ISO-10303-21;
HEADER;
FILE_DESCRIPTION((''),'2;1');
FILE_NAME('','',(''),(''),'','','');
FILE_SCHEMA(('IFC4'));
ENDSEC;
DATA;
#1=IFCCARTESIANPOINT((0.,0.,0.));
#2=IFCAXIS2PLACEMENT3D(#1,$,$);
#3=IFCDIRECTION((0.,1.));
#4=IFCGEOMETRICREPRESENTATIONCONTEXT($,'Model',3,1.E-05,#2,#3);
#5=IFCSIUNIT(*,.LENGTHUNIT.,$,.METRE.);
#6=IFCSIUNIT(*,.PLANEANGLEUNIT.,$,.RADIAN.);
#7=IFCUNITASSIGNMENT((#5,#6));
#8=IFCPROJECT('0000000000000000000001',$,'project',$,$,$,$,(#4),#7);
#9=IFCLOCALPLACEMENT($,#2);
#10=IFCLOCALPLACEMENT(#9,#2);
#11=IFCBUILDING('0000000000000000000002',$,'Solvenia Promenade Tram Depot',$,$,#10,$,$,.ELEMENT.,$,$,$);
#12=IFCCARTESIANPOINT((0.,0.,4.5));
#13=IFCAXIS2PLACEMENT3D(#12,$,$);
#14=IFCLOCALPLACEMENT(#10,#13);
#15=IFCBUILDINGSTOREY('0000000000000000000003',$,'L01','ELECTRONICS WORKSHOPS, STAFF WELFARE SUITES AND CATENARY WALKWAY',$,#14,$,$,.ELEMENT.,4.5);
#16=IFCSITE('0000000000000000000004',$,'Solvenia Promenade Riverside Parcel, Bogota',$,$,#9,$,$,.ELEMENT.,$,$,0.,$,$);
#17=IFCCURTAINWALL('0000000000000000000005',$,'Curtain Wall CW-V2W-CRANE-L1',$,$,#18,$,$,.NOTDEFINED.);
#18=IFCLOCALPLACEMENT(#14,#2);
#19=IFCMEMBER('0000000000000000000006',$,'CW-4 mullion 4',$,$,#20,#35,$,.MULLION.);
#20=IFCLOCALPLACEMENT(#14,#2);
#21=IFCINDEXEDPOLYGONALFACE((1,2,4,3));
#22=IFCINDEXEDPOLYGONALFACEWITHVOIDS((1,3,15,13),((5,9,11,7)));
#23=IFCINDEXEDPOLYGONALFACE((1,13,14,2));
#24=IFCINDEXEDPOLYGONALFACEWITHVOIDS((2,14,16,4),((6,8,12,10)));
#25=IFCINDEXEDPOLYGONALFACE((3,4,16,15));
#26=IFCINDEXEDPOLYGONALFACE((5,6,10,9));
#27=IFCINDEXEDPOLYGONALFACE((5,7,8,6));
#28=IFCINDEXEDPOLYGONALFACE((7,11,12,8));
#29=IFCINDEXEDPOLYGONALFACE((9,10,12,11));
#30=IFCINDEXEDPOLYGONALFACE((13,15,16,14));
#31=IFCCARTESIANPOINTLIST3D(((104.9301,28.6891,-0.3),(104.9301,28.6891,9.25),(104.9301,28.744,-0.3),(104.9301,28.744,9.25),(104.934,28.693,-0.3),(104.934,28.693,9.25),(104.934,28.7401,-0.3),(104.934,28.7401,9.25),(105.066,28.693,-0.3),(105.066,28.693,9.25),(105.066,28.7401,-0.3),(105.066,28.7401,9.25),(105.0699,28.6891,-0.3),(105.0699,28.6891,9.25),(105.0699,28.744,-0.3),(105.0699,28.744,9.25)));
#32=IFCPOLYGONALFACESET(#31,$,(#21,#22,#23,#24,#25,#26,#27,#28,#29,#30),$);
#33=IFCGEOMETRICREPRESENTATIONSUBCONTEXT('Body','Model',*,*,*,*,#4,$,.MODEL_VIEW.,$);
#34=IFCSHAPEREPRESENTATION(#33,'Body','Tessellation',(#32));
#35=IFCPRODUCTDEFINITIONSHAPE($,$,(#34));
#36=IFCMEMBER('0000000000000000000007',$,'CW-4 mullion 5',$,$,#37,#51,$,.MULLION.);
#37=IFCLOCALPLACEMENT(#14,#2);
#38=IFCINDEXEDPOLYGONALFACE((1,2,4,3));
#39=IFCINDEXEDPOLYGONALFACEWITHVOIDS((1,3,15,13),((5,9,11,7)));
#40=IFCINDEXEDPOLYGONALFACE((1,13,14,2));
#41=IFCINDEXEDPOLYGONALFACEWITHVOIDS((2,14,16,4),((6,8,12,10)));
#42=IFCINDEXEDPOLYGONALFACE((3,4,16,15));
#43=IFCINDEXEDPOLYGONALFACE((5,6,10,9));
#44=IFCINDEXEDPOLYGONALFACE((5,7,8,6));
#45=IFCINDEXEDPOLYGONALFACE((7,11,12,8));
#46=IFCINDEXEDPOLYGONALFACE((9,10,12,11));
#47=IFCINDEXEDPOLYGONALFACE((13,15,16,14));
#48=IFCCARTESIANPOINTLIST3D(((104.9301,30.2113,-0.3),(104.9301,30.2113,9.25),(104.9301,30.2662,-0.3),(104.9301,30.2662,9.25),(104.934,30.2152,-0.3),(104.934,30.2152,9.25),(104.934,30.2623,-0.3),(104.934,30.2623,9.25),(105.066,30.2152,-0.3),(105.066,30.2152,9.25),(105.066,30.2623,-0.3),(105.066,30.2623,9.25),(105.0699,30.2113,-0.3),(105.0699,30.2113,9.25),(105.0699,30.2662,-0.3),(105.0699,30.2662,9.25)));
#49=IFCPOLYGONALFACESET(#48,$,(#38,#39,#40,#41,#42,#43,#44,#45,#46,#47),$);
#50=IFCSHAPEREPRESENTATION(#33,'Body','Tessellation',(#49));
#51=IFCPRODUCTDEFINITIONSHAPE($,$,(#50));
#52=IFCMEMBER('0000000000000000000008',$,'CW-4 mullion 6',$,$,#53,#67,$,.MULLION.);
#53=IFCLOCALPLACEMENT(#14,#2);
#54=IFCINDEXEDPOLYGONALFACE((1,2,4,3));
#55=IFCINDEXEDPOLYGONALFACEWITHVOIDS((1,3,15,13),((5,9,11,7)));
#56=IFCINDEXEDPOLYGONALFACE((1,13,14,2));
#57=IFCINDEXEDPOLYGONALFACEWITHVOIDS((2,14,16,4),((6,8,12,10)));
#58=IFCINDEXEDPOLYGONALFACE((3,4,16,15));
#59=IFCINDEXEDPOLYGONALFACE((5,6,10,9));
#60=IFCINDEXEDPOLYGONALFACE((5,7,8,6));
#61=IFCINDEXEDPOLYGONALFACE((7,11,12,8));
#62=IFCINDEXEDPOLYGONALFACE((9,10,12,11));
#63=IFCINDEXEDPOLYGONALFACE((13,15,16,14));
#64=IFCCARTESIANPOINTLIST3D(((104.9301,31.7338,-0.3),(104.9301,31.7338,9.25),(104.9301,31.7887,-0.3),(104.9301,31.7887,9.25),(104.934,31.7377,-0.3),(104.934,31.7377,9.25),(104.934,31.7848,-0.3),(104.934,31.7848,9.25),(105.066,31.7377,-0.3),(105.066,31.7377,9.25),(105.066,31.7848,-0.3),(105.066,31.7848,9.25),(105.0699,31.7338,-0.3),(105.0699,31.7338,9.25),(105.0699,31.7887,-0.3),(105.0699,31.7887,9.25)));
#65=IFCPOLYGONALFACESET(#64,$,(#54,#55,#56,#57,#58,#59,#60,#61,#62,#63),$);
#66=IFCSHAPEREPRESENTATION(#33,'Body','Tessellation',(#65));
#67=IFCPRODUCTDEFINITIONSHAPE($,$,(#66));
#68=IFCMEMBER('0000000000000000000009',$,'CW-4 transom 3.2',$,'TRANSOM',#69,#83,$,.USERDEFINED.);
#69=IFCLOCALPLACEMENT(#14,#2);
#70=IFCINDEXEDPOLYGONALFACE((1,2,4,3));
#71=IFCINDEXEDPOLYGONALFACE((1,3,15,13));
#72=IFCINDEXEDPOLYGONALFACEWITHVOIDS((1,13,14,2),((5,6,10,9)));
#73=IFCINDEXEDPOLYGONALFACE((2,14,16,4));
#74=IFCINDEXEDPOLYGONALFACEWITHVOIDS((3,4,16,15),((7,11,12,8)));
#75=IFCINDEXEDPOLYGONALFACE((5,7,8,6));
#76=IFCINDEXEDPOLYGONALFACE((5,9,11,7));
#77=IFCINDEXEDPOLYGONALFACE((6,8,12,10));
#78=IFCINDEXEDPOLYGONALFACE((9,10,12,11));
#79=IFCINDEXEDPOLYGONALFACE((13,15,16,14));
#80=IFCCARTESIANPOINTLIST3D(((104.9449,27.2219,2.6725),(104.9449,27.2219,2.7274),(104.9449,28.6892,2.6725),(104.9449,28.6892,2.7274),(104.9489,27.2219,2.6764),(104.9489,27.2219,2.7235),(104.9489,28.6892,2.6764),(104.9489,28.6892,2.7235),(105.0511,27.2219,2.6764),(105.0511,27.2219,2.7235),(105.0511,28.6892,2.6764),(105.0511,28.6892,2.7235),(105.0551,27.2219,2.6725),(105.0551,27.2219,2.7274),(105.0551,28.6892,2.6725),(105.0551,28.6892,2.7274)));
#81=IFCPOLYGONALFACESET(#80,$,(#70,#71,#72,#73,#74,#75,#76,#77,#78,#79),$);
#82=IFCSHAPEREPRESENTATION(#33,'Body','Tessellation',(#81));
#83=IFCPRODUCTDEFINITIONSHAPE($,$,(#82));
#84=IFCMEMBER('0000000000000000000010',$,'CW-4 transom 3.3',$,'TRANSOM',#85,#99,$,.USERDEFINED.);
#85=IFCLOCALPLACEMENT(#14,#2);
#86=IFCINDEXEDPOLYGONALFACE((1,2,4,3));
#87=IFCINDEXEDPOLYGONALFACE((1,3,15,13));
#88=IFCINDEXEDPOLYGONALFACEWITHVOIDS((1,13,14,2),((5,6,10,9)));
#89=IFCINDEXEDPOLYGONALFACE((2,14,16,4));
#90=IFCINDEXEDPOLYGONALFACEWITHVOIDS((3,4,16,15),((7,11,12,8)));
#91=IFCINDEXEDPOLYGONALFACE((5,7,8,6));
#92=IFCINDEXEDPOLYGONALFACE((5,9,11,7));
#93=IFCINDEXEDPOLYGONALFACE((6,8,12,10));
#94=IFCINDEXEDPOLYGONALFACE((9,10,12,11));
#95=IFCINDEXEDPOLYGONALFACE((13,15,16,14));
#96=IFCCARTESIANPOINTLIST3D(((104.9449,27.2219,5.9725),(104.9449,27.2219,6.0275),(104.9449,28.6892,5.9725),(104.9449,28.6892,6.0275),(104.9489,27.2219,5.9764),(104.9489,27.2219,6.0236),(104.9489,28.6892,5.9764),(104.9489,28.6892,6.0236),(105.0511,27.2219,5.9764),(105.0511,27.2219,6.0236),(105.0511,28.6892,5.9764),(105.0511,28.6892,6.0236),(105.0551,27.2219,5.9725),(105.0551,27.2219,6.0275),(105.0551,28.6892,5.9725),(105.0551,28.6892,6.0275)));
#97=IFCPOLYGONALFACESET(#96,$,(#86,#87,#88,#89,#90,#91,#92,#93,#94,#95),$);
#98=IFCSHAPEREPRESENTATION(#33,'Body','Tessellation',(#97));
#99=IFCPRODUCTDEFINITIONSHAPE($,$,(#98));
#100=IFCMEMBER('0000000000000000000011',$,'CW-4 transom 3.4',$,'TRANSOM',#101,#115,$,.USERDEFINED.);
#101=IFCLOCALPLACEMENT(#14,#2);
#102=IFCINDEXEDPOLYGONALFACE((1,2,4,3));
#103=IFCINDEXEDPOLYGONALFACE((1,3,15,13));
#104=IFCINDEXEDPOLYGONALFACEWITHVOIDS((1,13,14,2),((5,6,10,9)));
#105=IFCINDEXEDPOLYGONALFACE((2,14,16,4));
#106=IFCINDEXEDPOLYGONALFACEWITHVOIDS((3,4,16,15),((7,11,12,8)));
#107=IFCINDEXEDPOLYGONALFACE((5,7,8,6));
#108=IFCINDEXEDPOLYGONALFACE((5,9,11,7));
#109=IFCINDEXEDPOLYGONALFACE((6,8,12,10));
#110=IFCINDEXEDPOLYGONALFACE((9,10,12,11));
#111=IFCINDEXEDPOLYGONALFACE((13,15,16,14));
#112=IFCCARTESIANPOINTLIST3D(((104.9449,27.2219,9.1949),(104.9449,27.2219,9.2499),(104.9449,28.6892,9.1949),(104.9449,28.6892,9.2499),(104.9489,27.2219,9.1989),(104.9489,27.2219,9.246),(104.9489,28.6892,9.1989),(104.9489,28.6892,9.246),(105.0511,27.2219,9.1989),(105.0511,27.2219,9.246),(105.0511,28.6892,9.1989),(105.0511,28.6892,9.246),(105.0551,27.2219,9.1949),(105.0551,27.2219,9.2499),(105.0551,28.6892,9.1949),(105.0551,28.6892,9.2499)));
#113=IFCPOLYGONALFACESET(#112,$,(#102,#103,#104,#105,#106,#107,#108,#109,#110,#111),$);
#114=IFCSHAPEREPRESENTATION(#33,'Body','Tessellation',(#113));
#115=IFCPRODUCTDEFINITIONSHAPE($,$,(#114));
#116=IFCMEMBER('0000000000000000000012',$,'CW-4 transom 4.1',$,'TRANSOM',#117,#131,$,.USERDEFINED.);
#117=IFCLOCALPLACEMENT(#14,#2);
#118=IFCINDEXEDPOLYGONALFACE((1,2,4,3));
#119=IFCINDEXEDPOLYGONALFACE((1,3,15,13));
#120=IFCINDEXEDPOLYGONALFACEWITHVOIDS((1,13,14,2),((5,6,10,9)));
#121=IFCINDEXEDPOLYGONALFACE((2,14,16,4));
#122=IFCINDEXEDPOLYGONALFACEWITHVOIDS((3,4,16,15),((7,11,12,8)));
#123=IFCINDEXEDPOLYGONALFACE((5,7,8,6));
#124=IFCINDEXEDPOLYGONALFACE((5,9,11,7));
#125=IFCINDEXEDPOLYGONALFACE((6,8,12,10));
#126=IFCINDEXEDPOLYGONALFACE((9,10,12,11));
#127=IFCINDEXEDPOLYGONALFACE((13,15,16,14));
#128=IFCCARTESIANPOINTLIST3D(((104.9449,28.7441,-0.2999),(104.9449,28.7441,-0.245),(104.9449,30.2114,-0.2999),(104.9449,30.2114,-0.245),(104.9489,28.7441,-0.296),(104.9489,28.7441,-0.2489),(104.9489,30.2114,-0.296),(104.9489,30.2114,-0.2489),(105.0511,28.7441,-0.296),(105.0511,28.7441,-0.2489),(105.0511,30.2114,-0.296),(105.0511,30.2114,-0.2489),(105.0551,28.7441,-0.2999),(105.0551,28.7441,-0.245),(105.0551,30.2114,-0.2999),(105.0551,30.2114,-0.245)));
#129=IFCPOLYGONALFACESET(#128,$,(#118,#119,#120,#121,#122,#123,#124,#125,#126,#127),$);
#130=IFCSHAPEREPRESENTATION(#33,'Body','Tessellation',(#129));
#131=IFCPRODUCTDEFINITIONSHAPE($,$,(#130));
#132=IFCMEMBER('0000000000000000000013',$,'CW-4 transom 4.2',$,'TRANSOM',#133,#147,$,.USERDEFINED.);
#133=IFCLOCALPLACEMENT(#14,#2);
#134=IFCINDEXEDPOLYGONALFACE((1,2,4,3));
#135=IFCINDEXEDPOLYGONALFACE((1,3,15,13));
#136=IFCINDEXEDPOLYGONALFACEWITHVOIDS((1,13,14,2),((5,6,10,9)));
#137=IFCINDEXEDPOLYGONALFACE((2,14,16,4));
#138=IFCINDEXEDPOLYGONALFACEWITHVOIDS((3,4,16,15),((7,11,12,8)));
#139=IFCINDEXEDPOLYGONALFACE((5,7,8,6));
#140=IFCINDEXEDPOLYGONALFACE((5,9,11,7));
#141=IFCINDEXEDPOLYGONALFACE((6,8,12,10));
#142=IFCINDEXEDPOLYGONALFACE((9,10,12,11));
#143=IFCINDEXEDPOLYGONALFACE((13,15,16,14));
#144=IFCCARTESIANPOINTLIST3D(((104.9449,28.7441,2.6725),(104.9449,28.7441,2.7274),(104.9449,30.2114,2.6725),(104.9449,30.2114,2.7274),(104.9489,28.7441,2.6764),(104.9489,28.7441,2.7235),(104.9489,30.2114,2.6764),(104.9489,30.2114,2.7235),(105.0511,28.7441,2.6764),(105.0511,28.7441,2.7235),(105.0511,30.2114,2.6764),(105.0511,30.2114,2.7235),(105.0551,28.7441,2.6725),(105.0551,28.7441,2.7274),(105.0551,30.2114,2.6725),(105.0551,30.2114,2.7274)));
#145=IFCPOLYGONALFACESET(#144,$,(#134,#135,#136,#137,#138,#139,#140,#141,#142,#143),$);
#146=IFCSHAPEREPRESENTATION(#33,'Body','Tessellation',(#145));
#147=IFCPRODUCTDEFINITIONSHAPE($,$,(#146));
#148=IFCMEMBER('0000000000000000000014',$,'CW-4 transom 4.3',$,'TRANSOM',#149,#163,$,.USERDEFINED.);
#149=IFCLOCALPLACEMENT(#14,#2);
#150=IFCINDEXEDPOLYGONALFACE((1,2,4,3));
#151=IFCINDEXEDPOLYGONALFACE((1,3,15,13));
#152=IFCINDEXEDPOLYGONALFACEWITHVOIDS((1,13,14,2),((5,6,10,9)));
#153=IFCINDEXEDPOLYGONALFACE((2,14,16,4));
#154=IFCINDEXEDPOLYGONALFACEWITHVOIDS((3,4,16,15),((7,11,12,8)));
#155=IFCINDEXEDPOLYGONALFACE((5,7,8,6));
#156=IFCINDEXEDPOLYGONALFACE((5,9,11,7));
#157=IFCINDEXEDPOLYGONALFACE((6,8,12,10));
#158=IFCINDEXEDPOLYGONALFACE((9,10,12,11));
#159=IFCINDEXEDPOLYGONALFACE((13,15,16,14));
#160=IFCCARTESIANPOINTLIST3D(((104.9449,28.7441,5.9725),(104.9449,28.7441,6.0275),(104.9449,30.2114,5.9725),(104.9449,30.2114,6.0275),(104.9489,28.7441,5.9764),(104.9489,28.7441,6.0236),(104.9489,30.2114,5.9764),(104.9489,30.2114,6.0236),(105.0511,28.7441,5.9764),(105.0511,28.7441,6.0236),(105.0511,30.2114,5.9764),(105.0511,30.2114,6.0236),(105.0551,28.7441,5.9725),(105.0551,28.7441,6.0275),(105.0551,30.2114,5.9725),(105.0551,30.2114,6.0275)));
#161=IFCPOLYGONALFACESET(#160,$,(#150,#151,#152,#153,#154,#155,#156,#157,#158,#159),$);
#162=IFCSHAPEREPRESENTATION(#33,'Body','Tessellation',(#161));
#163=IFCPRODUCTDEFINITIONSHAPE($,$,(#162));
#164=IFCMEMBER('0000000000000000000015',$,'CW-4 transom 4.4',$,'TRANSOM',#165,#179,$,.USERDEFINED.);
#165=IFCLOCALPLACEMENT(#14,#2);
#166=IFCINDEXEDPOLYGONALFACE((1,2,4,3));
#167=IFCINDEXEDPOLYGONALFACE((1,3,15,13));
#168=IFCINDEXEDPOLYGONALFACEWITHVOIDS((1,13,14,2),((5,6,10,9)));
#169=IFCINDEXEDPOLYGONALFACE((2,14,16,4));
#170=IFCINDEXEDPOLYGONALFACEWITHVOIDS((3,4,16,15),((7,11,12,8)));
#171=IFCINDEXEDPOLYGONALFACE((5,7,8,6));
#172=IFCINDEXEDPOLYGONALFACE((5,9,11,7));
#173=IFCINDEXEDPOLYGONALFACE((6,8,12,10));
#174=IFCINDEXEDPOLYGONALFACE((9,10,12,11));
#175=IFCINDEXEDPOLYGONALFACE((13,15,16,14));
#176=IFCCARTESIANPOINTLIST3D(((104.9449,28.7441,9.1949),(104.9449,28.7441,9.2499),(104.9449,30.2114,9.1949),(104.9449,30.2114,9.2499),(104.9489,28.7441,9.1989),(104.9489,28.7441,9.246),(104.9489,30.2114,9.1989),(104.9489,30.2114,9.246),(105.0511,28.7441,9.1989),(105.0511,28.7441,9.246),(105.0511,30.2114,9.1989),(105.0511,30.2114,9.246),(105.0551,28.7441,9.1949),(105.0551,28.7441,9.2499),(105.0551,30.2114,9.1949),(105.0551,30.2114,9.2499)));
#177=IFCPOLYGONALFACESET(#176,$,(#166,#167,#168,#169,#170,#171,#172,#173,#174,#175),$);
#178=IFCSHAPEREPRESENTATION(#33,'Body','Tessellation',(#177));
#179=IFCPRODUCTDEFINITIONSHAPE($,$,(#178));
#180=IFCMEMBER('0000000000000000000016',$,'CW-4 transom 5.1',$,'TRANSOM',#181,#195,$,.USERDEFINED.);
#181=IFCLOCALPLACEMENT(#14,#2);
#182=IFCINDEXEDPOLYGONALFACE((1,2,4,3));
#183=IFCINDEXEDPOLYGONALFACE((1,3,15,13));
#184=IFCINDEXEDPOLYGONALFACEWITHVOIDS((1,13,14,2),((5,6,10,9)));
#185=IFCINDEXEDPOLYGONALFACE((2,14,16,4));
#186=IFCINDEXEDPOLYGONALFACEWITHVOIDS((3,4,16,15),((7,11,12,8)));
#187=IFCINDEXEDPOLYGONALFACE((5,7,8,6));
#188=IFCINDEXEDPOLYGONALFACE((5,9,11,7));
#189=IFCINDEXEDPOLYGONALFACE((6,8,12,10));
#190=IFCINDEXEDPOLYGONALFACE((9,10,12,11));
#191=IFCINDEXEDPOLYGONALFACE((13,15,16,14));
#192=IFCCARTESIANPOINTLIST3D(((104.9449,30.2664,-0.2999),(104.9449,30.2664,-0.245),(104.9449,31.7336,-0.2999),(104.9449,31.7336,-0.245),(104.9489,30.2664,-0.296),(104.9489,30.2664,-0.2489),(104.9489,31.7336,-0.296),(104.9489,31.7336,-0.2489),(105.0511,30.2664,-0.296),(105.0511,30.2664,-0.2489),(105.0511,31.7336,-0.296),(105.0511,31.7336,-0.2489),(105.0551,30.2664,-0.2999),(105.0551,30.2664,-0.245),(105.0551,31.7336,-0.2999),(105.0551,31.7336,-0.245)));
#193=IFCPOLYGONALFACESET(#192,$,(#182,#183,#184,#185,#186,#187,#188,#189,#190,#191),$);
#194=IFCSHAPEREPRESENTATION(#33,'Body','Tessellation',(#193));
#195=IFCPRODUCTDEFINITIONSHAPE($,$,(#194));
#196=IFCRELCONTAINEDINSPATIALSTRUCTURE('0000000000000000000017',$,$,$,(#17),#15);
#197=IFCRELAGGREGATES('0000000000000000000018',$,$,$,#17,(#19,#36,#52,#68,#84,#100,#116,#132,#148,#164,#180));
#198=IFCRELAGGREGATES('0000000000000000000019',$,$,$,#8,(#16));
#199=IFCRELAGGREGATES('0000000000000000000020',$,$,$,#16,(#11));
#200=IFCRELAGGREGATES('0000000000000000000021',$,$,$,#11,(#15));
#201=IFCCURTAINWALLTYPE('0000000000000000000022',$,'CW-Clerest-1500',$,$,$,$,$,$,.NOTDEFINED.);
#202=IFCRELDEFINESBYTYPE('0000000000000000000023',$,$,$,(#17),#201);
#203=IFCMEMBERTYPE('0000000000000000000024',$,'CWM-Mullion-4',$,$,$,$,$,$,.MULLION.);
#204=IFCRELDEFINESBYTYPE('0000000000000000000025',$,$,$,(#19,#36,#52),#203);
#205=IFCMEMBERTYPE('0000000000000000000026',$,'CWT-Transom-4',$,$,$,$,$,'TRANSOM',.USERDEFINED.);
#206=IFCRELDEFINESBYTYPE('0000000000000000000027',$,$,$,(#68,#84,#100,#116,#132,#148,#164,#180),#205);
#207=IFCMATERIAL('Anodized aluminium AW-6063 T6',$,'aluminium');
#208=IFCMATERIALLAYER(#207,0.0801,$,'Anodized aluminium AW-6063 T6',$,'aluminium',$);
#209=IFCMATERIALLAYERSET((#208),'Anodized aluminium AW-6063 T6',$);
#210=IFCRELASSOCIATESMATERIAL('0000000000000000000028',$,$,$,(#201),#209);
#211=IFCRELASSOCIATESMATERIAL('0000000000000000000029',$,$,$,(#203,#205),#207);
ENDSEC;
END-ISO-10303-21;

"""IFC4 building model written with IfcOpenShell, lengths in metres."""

from ifc_helpers import new_model, si_unit, direction, frame, origin, origin_2d, place, context, subcontext, project, spatial, hollow_rectangle, extrude, material, layer, layer_set, material_profile, profile_set, type_object, element, aggregate, save


model = new_model("IFC4")

# Units and contexts
model_context = context("Model", 3, precision=1e-05, world=origin(), true_north=direction((0.0, 1.0)))
body_context = subcontext(model_context, "Body", "Model", "MODEL_VIEW")
ifc_project = project(units=[si_unit("LENGTHUNIT", "METRE"), si_unit("PLANEANGLEUNIT", "RADIAN")], contexts=[model_context])

# Site, building, storey
site_placement = place(None, origin())
site = spatial("IfcSite", under=ifc_project, at=site_placement, Name="Solvenia Promenade Riverside Parcel, Bogota", CompositionType="ELEMENT", RefElevation=0.0)
building_placement = place(site_placement, origin())
building = spatial("IfcBuilding", under=site, at=building_placement, Name="Solvenia Promenade Tram Depot", CompositionType="ELEMENT")
storey_placement = place(building_placement, frame((0.0, 0.0, 4.5)))
storey = spatial("IfcBuildingStorey", under=building, at=storey_placement, Name="L01", Description="ELECTRONICS WORKSHOPS, STAFF WELFARE SUITES AND CATENARY WALKWAY", CompositionType="ELEMENT", Elevation=4.5)

# Curtain wall, members
ifc_material_1 = material(Name="Anodized aluminium AW-6063 T6", Category="aluminium")
ifc_layer_1 = layer(ifc_material_1, 0.0801, Name="Anodized aluminium AW-6063 T6", Category="aluminium")
ifc_layer_set_1 = layer_set([ifc_layer_1], Name="Anodized aluminium AW-6063 T6")
curtain_wall_type = type_object("IfcCurtainWallType", Name="CW-Clerest-1500", PredefinedType="NOTDEFINED", material=ifc_layer_set_1)
curtain_wall_placement = place(storey_placement, origin())
curtain_wall = element("IfcCurtainWall", 1, at=curtain_wall_placement, inside=storey, type_object=curtain_wall_type, Name="Curtain Wall CW-V2W-CRANE-L1", PredefinedType="NOTDEFINED")
ifc_material_profile_1 = material_profile(ifc_material_1, hollow_rectangle(XDim=0.1399, YDim=0.0549, WallThickness=0.0039, at=origin_2d()), Name="ALU-M4", Category="aluminium")
ifc_profile_set_1 = profile_set([ifc_material_profile_1], Name="Anodized aluminium AW-6063 T6")
member_type_1 = type_object("IfcMemberType", Name="CWM-Mullion-4", PredefinedType="MULLION", material=ifc_profile_set_1)
member_1_placement = place(storey_placement, frame((105.0, 28.7166, -0.3), z_axis=(0.0, 0.0, 1.0), x_axis=(-1.0, 0.0, 0.0)))
member_1 = element("IfcMember", 2, at=member_1_placement, type_object=member_type_1, Name="CW-4 mullion 4", PredefinedType="MULLION", context=body_context, shape_type="SweptSolid", body=[
    extrude(hollow_rectangle(XDim=0.1399, YDim=0.0549, WallThickness=0.0039, at=origin_2d()), origin(), (0.0, 0.0, 1.0), 9.55),
])
member_2_placement = place(storey_placement, frame((105.0, 30.2388, -0.3), z_axis=(0.0, 0.0, 1.0), x_axis=(-1.0, 0.0, 0.0)))
member_2 = element("IfcMember", 3, at=member_2_placement, type_object=member_type_1, Name="CW-4 mullion 5", PredefinedType="MULLION", context=body_context, shape_type="SweptSolid", body=[
    extrude(hollow_rectangle(XDim=0.1399, YDim=0.0549, WallThickness=0.0039, at=origin_2d()), origin(), (0.0, 0.0, 1.0), 9.55),
])
member_3_placement = place(storey_placement, frame((105.0, 31.7612, -0.3), z_axis=(0.0, 0.0, 1.0), x_axis=(-1.0, 0.0, 0.0)))
member_3 = element("IfcMember", 4, at=member_3_placement, type_object=member_type_1, Name="CW-4 mullion 6", PredefinedType="MULLION", context=body_context, shape_type="SweptSolid", body=[
    extrude(hollow_rectangle(XDim=0.1399, YDim=0.0549, WallThickness=0.0039, at=origin_2d()), origin(), (0.0, 0.0, 1.0), 9.55),
])
ifc_material_profile_2 = material_profile(ifc_material_1, hollow_rectangle(XDim=0.1101, YDim=0.0549, WallThickness=0.0039, at=origin_2d()), Name="ALU-T4", Category="aluminium")
ifc_profile_set_2 = profile_set([ifc_material_profile_2], Name="Anodized aluminium AW-6063 T6")
member_type_2 = type_object("IfcMemberType", Name="CWT-Transom-4", ElementType="TRANSOM", PredefinedType="USERDEFINED", material=ifc_profile_set_2)
member_4_placement = place(storey_placement, frame((105.0, 27.2219, 2.7), z_axis=(0.0, 1.0, 0.0), x_axis=(-1.0, 0.0, 0.0)))
member_4 = element("IfcMember", 5, at=member_4_placement, type_object=member_type_2, Name="CW-4 transom 3.2", ObjectType="TRANSOM", PredefinedType="USERDEFINED", context=body_context, shape_type="SweptSolid", body=[
    extrude(hollow_rectangle(XDim=0.1101, YDim=0.0549, WallThickness=0.0039, at=origin_2d()), origin(), (0.0, 0.0, 1.0), 1.4673),
])
member_5_placement = place(storey_placement, frame((105.0, 27.2219, 6.0), z_axis=(0.0, 1.0, 0.0), x_axis=(-1.0, 0.0, 0.0)))
member_5 = element("IfcMember", 6, at=member_5_placement, type_object=member_type_2, Name="CW-4 transom 3.3", ObjectType="TRANSOM", PredefinedType="USERDEFINED", context=body_context, shape_type="SweptSolid", body=[
    extrude(hollow_rectangle(XDim=0.1101, YDim=0.0549, WallThickness=0.0039, at=origin_2d()), origin(), (0.0, 0.0, 1.0), 1.4673),
])
member_6_placement = place(storey_placement, frame((105.0, 27.2219, 9.2224), z_axis=(0.0, 1.0, 0.0), x_axis=(-1.0, 0.0, 0.0)))
member_6 = element("IfcMember", 7, at=member_6_placement, type_object=member_type_2, Name="CW-4 transom 3.4", ObjectType="TRANSOM", PredefinedType="USERDEFINED", context=body_context, shape_type="SweptSolid", body=[
    extrude(hollow_rectangle(XDim=0.1101, YDim=0.0549, WallThickness=0.0039, at=origin_2d()), origin(), (0.0, 0.0, 1.0), 1.4673),
])
member_7_placement = place(storey_placement, frame((105.0, 28.7441, -0.2725), z_axis=(0.0, 1.0, 0.0), x_axis=(-1.0, 0.0, 0.0)))
member_7 = element("IfcMember", 8, at=member_7_placement, type_object=member_type_2, Name="CW-4 transom 4.1", ObjectType="TRANSOM", PredefinedType="USERDEFINED", context=body_context, shape_type="SweptSolid", body=[
    extrude(hollow_rectangle(XDim=0.1101, YDim=0.0549, WallThickness=0.0039, at=origin_2d()), origin(), (0.0, 0.0, 1.0), 1.4673),
])
member_8_placement = place(storey_placement, frame((105.0, 28.7441, 2.7), z_axis=(0.0, 1.0, 0.0), x_axis=(-1.0, 0.0, 0.0)))
member_8 = element("IfcMember", 9, at=member_8_placement, type_object=member_type_2, Name="CW-4 transom 4.2", ObjectType="TRANSOM", PredefinedType="USERDEFINED", context=body_context, shape_type="SweptSolid", body=[
    extrude(hollow_rectangle(XDim=0.1101, YDim=0.0549, WallThickness=0.0039, at=origin_2d()), origin(), (0.0, 0.0, 1.0), 1.4673),
])
member_9_placement = place(storey_placement, frame((105.0, 28.7441, 6.0), z_axis=(0.0, 1.0, 0.0), x_axis=(-1.0, 0.0, 0.0)))
member_9 = element("IfcMember", 10, at=member_9_placement, type_object=member_type_2, Name="CW-4 transom 4.3", ObjectType="TRANSOM", PredefinedType="USERDEFINED", context=body_context, shape_type="SweptSolid", body=[
    extrude(hollow_rectangle(XDim=0.1101, YDim=0.0549, WallThickness=0.0039, at=origin_2d()), origin(), (0.0, 0.0, 1.0), 1.4673),
])
member_10_placement = place(storey_placement, frame((105.0, 28.7441, 9.2224), z_axis=(0.0, 1.0, 0.0), x_axis=(-1.0, 0.0, 0.0)))
member_10 = element("IfcMember", 11, at=member_10_placement, type_object=member_type_2, Name="CW-4 transom 4.4", ObjectType="TRANSOM", PredefinedType="USERDEFINED", context=body_context, shape_type="SweptSolid", body=[
    extrude(hollow_rectangle(XDim=0.1101, YDim=0.0549, WallThickness=0.0039, at=origin_2d()), origin(), (0.0, 0.0, 1.0), 1.4673),
])
member_11_placement = place(storey_placement, frame((105.0, 30.2664, -0.2725), z_axis=(0.0, 1.0, 0.0), x_axis=(-1.0, 0.0, 0.0)))
member_11 = element("IfcMember", 12, at=member_11_placement, type_object=member_type_2, Name="CW-4 transom 5.1", ObjectType="TRANSOM", PredefinedType="USERDEFINED", context=body_context, shape_type="SweptSolid", body=[
    extrude(hollow_rectangle(XDim=0.1101, YDim=0.0549, WallThickness=0.0039, at=origin_2d()), origin(), (0.0, 0.0, 1.0), 1.4673),
])
aggregate(curtain_wall, [member_1, member_2, member_3, member_4, member_5, member_6, member_7, member_8, member_9, member_10, member_11])

save(model, "model.ifc")
